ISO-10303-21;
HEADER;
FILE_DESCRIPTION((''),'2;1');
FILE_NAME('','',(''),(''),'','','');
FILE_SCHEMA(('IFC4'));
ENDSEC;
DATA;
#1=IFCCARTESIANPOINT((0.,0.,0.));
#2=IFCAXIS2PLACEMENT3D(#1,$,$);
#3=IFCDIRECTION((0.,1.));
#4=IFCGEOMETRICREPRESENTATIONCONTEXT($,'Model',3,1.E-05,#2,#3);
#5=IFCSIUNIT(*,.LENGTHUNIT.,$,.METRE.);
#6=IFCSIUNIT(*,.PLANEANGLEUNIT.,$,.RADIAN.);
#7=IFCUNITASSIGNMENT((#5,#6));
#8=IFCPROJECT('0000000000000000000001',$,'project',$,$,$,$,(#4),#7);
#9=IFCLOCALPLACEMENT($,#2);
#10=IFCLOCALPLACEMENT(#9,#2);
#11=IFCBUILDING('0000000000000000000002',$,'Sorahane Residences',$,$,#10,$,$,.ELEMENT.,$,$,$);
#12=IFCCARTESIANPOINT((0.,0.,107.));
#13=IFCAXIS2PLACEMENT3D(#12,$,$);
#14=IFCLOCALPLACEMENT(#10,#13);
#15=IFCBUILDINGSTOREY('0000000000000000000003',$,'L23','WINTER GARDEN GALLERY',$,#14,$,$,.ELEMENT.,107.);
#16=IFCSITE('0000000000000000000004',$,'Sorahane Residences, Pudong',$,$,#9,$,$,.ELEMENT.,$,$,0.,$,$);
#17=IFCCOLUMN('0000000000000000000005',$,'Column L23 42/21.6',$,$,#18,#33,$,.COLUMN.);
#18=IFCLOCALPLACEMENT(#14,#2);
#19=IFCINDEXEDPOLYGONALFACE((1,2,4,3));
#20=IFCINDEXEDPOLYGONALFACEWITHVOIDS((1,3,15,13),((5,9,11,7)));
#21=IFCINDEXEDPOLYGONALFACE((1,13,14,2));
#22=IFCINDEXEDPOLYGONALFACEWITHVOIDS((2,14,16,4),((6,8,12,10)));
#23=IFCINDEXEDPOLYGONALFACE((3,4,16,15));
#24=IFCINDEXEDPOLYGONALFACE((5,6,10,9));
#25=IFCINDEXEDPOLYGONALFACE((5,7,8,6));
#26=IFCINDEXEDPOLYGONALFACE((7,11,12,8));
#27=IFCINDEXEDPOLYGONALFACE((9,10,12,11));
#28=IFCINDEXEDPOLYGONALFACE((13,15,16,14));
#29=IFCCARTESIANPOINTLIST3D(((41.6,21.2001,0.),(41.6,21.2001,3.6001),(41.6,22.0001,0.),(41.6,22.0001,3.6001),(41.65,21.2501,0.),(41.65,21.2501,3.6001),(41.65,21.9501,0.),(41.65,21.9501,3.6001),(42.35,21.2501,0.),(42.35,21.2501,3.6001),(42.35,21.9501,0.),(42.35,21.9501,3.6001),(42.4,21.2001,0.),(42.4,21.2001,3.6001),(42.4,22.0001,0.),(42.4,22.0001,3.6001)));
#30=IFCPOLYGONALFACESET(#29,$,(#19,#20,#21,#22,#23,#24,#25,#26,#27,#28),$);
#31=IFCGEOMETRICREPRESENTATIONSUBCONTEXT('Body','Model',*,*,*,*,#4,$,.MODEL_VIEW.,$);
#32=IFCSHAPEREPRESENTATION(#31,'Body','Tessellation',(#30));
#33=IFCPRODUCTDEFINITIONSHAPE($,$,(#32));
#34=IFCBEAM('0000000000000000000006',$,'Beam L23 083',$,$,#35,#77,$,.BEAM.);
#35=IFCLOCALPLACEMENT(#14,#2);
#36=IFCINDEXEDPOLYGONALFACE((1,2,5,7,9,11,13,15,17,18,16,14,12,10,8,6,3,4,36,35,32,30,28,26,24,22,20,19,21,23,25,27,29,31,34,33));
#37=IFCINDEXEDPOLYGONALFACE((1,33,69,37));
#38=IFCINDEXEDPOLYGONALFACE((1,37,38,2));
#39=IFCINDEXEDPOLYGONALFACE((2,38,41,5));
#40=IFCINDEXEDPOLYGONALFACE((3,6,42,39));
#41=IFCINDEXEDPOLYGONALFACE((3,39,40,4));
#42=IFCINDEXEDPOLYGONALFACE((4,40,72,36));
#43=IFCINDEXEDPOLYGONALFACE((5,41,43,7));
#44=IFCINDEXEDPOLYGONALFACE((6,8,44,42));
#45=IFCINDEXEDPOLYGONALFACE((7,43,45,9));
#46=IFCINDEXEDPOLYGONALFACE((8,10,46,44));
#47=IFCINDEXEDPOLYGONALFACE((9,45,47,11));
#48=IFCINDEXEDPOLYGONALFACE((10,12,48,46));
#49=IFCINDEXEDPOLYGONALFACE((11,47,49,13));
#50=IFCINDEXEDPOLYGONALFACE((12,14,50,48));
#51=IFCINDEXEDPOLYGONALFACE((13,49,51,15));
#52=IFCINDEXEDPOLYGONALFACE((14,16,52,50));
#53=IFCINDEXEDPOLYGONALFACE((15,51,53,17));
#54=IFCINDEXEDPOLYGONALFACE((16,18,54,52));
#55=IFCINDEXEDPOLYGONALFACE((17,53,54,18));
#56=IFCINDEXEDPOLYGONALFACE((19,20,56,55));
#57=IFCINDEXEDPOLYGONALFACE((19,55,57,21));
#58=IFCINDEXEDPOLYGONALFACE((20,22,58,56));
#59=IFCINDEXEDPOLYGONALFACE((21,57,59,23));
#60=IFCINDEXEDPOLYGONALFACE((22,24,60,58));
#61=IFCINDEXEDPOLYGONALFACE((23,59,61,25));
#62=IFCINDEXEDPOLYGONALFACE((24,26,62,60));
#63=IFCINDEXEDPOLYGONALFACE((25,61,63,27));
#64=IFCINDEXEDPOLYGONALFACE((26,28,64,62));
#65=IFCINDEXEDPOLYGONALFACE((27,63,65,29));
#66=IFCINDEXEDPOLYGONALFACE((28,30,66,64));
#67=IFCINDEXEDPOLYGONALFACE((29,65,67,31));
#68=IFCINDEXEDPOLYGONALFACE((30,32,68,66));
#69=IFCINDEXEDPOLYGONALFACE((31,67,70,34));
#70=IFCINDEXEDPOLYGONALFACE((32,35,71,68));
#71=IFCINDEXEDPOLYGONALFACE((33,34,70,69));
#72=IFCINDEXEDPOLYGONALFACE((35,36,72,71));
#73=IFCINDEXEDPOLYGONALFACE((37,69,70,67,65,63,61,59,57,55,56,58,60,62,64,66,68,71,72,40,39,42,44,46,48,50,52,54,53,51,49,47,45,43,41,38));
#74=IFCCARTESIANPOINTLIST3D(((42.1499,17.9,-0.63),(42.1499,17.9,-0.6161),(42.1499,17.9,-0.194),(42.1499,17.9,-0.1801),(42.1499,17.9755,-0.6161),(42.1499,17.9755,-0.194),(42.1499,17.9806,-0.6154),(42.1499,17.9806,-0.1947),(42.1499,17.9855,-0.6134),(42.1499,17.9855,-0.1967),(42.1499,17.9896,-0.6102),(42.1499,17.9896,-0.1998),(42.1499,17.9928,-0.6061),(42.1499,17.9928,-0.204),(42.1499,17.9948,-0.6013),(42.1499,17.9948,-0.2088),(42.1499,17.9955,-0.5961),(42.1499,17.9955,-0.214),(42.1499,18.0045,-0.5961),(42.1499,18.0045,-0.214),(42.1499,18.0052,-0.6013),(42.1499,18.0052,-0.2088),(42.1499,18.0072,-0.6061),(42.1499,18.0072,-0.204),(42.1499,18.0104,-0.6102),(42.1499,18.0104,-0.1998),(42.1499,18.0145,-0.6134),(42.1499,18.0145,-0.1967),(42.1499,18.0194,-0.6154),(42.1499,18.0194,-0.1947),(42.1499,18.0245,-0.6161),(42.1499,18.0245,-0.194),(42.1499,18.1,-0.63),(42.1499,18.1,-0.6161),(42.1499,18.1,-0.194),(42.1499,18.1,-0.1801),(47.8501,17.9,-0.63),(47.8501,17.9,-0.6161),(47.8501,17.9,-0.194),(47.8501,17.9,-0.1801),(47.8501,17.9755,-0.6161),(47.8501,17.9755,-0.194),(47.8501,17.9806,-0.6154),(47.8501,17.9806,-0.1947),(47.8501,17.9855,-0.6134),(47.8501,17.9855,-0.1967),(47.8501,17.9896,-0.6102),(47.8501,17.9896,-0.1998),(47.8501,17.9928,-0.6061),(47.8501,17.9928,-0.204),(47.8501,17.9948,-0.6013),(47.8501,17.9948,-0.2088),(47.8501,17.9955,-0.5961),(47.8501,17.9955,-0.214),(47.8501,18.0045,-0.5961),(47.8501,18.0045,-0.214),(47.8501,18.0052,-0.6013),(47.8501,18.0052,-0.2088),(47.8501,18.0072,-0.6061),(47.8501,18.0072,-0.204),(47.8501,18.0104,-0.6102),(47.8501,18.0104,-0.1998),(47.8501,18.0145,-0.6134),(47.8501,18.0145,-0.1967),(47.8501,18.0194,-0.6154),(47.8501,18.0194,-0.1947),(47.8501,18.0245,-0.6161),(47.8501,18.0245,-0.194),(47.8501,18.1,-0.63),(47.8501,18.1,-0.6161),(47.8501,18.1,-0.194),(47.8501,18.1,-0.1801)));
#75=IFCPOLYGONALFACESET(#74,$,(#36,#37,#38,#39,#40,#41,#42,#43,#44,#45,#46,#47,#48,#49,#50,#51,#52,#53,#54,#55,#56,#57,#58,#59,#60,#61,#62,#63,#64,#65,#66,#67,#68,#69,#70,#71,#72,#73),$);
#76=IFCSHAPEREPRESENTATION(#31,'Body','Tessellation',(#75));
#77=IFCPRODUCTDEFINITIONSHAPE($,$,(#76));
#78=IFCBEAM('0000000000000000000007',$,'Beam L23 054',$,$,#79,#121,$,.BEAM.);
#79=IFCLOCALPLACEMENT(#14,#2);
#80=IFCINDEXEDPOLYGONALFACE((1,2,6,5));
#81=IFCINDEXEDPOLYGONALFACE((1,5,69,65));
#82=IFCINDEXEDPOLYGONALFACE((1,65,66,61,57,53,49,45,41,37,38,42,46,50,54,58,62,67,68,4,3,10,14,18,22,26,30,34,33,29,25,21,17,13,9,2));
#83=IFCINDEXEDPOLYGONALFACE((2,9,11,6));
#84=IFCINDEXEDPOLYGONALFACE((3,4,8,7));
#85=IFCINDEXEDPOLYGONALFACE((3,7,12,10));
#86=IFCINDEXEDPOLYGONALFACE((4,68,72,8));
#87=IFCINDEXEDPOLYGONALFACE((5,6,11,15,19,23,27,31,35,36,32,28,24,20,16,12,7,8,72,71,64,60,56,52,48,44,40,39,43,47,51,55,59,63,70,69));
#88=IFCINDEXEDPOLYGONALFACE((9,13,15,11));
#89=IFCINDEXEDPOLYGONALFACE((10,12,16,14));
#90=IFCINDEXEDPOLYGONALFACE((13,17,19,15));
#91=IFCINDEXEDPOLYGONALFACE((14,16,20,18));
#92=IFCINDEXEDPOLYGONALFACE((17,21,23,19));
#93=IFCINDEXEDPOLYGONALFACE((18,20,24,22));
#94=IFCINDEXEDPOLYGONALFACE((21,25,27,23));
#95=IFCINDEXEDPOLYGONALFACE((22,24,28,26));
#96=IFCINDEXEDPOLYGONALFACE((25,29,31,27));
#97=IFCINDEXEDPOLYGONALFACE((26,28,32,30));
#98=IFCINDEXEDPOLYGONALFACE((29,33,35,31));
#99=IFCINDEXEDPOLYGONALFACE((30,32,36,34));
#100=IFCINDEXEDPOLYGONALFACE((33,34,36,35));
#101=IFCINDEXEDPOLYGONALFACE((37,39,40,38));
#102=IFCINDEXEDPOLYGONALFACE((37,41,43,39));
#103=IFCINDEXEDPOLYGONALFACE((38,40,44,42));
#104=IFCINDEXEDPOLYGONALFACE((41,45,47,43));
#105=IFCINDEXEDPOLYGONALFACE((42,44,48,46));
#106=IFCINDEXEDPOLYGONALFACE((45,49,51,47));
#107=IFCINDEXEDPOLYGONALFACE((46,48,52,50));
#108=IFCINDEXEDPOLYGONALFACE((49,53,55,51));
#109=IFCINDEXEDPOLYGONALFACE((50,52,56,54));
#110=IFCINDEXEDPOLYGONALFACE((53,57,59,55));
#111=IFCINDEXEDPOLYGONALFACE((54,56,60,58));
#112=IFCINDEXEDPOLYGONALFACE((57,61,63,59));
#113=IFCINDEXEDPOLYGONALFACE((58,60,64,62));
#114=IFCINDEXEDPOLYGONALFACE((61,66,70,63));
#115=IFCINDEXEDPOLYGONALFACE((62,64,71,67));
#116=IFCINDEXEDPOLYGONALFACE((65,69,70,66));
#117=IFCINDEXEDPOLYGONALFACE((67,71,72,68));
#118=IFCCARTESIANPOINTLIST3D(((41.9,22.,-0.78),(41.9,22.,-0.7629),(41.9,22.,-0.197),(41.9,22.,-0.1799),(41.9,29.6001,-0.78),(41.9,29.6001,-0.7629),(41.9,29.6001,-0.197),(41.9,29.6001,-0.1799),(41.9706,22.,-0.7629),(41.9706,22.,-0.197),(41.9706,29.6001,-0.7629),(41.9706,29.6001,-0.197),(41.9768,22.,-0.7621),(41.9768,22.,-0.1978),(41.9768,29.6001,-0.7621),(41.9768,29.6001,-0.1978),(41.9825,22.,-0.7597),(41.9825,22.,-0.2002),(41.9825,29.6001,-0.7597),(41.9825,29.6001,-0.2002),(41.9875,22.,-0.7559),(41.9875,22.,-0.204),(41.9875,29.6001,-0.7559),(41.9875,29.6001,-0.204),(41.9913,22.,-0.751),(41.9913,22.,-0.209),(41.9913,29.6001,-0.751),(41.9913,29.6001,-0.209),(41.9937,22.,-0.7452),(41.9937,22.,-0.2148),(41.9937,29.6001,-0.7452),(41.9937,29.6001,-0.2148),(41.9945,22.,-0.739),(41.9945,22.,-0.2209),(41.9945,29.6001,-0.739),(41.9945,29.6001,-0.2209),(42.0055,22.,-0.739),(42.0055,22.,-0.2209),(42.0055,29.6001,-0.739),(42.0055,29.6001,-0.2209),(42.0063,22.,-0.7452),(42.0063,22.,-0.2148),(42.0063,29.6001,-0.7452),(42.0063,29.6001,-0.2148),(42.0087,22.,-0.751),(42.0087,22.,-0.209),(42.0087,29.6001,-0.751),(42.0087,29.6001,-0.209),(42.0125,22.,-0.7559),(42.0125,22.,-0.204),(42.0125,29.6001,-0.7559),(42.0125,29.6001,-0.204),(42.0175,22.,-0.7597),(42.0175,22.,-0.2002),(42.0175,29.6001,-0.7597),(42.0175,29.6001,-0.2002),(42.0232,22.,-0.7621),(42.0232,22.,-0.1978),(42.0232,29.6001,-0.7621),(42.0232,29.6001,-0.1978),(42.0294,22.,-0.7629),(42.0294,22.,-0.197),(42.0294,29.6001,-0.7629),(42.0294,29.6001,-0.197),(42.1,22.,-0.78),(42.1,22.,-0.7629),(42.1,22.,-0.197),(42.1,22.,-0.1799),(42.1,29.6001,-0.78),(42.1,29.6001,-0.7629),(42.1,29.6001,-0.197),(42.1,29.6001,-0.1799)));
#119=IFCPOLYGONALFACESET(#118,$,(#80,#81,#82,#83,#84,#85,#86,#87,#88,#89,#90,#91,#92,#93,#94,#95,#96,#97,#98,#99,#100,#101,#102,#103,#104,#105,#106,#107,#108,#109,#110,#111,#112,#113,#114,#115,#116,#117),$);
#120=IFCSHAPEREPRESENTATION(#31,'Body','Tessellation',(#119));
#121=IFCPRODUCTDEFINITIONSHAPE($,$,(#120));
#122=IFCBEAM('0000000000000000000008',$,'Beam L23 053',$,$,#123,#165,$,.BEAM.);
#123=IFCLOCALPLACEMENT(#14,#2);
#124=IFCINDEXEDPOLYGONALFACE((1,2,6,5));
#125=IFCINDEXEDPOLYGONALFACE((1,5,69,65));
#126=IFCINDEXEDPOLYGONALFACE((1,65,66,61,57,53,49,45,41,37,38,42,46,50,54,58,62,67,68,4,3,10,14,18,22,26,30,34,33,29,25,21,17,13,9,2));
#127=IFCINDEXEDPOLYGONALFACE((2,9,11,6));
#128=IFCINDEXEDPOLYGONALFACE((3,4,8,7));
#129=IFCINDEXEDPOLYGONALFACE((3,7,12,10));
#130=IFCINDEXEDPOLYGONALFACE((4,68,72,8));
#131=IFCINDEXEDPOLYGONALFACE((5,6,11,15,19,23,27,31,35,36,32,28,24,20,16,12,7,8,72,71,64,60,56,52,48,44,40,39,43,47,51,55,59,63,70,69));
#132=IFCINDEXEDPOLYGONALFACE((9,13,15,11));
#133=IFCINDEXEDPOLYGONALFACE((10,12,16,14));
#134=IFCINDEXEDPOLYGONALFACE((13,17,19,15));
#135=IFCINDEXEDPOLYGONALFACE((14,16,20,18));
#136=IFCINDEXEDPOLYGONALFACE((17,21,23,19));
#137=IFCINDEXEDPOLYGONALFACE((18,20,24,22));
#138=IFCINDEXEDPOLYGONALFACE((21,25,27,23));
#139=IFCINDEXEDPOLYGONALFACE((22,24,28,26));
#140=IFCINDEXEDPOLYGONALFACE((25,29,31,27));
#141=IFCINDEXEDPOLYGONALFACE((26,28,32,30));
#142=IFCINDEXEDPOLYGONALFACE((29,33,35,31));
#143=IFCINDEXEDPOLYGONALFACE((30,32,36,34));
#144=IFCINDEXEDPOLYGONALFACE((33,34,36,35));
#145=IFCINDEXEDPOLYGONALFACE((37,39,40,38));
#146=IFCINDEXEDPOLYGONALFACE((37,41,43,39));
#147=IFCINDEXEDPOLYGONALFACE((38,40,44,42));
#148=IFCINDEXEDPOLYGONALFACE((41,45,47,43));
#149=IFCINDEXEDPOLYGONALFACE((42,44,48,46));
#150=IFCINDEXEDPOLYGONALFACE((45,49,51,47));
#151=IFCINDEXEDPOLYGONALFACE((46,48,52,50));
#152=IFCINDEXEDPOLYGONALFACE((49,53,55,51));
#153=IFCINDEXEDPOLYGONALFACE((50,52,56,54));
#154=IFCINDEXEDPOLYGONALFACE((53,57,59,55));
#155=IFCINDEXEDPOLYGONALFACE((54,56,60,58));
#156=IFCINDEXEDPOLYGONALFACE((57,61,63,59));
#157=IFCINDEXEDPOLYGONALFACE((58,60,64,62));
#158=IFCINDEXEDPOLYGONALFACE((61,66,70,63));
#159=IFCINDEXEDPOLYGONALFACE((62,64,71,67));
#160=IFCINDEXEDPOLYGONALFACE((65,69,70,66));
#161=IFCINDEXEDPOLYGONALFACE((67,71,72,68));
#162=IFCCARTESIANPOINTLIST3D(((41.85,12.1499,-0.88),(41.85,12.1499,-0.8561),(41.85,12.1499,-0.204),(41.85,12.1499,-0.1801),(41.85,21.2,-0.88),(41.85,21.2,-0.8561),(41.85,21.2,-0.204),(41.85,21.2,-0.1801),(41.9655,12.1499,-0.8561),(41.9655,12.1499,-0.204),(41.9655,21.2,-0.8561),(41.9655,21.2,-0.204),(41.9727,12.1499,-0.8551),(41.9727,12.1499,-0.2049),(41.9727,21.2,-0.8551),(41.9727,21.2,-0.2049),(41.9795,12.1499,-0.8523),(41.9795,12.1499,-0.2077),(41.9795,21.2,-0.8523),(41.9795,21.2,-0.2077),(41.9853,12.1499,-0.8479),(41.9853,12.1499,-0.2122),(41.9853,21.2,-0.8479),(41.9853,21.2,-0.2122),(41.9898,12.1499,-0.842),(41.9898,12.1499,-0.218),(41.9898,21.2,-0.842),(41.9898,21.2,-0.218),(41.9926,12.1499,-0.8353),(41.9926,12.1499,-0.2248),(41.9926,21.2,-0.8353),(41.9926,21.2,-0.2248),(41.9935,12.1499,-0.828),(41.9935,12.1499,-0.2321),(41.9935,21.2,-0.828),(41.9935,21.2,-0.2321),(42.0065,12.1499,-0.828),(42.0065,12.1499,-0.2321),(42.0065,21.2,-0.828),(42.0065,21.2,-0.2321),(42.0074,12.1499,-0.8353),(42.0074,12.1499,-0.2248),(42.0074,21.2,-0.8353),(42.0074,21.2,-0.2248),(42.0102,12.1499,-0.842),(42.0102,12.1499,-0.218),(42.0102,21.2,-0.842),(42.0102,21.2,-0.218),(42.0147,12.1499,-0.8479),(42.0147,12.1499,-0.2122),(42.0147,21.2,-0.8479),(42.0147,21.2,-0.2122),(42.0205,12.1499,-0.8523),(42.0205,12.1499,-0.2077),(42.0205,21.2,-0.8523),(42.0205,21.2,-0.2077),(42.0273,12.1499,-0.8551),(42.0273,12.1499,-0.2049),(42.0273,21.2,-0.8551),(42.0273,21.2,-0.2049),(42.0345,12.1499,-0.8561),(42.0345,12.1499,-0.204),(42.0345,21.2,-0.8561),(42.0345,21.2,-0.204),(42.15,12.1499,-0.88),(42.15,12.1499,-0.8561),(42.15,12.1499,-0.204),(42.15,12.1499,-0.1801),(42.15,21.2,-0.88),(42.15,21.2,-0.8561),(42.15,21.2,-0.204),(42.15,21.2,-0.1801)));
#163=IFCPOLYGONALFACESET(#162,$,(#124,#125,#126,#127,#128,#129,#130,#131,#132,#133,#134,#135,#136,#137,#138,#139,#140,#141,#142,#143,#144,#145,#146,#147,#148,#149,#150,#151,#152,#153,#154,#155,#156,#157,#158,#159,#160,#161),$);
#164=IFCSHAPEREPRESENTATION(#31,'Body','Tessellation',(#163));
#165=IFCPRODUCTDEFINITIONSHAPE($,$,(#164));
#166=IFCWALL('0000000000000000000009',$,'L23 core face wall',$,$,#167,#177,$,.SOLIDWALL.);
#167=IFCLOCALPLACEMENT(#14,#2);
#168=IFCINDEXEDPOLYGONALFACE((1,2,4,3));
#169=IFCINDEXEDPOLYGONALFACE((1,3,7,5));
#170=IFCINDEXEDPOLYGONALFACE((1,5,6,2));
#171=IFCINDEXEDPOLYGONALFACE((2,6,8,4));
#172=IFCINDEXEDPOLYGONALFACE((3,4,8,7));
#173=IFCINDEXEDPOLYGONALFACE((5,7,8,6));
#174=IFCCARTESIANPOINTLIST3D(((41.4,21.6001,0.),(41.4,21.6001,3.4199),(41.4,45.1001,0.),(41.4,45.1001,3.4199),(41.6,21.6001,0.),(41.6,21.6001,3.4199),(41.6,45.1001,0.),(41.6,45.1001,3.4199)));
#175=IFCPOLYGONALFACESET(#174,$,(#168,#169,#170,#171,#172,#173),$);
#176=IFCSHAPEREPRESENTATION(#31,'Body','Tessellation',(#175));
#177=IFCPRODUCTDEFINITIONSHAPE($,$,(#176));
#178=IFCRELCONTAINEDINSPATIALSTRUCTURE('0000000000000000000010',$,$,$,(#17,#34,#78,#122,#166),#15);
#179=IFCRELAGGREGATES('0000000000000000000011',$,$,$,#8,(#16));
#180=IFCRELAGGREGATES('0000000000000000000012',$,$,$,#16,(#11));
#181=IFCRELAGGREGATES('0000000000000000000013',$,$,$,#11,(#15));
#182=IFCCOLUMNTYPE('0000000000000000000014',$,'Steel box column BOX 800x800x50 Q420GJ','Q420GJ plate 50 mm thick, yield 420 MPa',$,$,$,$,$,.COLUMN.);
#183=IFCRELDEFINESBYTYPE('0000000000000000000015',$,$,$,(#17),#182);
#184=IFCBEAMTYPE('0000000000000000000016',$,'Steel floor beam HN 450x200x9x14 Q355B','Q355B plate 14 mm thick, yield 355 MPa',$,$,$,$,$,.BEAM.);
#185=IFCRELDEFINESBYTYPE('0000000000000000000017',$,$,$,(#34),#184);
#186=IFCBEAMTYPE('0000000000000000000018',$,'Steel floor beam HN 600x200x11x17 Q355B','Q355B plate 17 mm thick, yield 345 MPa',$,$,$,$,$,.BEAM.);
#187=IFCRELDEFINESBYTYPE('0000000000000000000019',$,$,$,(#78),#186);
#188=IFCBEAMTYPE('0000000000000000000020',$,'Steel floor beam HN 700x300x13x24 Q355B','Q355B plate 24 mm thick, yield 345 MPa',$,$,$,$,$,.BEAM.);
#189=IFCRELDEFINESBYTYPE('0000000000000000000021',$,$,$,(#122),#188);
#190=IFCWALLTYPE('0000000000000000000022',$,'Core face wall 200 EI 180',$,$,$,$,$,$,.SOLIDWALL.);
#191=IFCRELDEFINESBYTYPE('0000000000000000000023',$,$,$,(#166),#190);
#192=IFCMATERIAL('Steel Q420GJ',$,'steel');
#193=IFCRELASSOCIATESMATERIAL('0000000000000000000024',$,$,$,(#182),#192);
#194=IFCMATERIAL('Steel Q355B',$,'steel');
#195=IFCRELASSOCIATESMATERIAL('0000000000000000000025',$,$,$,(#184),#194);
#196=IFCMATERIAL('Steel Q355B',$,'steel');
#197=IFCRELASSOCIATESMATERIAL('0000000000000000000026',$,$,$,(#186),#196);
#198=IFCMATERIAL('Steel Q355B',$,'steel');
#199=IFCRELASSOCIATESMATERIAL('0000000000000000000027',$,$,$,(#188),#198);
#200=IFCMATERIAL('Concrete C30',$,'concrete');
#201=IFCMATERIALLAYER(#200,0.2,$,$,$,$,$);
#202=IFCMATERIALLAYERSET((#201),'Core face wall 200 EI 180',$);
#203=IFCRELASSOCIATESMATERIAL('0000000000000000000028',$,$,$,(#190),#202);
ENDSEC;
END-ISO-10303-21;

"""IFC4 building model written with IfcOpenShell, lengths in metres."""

from ifc_helpers import new_model, si_unit, direction, frame, frame_2d, origin, origin_2d, place, context, subcontext, project, spatial, rectangle, hollow_rectangle, i_section, extrude, material, layer, layer_set, material_profile, profile_set, type_object, element, save


model = new_model("IFC4")

# Units and contexts
model_context = context("Model", 3, precision=1e-05, world=origin(), true_north=direction((0.0, 1.0)))
body_context = subcontext(model_context, "Body", "Model", "MODEL_VIEW")
ifc_project = project(units=[si_unit("LENGTHUNIT", "METRE"), si_unit("PLANEANGLEUNIT", "RADIAN")], contexts=[model_context])

# Site, building, storey
site_placement = place(None, origin())
site = spatial("IfcSite", under=ifc_project, at=site_placement, Name="Sorahane Residences, Pudong", CompositionType="ELEMENT", RefElevation=0.0)
building_placement = place(site_placement, origin())
building = spatial("IfcBuilding", under=site, at=building_placement, Name="Sorahane Residences", CompositionType="ELEMENT")
storey_placement = place(building_placement, frame((0.0, 0.0, 107.0)))
storey = spatial("IfcBuildingStorey", under=building, at=storey_placement, Name="L23", Description="WINTER GARDEN GALLERY", CompositionType="ELEMENT", Elevation=107.0)

# Column
ifc_material_1 = material(Name="Steel Q420GJ", Category="steel")
ifc_material_profile_1 = material_profile(ifc_material_1, hollow_rectangle(XDim=0.8, YDim=0.8, WallThickness=0.05, at=origin_2d()), Name="BOX 800x800x50")
ifc_profile_set_1 = profile_set([ifc_material_profile_1], Name="Steel Q420GJ")
column_type = type_object("IfcColumnType", Name="Steel box column BOX 800x800x50 Q420GJ", Description="Q420GJ plate 50 mm thick, yield 420 MPa", PredefinedType="COLUMN", material=ifc_profile_set_1)
column_placement = place(storey_placement, frame((42.0, 21.6001, 0.0), z_axis=(0.0, 0.0, 1.0), x_axis=(1.0, 0.0, 0.0)))
element("IfcColumn", 1, at=column_placement, inside=storey, type_object=column_type, Name="Column L23 42/21.6", PredefinedType="COLUMN", context=body_context, shape_type="SweptSolid", body=[
    extrude(hollow_rectangle(XDim=0.8, YDim=0.8, WallThickness=0.05, at=origin_2d()), origin(), (0.0, 0.0, 1.0), 3.6001),
])

# Beams
ifc_material_2 = material(Name="Steel Q355B", Category="steel")
ifc_material_profile_2 = material_profile(ifc_material_2, i_section(OverallWidth=0.2, OverallDepth=0.45, WebThickness=0.009, FlangeThickness=0.0139, FilletRadius=0.02, at=origin_2d()), Name="HN 450x200x9x14")
ifc_profile_set_2 = profile_set([ifc_material_profile_2], Name="Steel Q355B")
beam_type_1 = type_object("IfcBeamType", Name="Steel floor beam HN 450x200x9x14 Q355B", Description="Q355B plate 14 mm thick, yield 355 MPa", PredefinedType="BEAM", material=ifc_profile_set_2)
beam_1_placement = place(storey_placement, frame((42.1499, 18.0, -0.405), z_axis=(1.0, 0.0, 0.0), x_axis=(0.0, 1.0, 0.0)))
element("IfcBeam", 2, at=beam_1_placement, inside=storey, type_object=beam_type_1, Name="Beam L23 083", PredefinedType="BEAM", context=body_context, shape_type="SweptSolid", body=[
    extrude(i_section(OverallWidth=0.2, OverallDepth=0.45, WebThickness=0.009, FlangeThickness=0.0139, FilletRadius=0.02, at=origin_2d()), origin(), (0.0, 0.0, 1.0), 5.7002),
])
ifc_material_3 = material(Name="Steel Q355B", Category="steel")
ifc_material_profile_3 = material_profile(ifc_material_3, i_section(OverallWidth=0.2, OverallDepth=0.6001, WebThickness=0.011, FlangeThickness=0.0171, FilletRadius=0.0239, at=origin_2d()), Name="HN 600x200x11x17")
ifc_profile_set_3 = profile_set([ifc_material_profile_3], Name="Steel Q355B")
beam_type_2 = type_object("IfcBeamType", Name="Steel floor beam HN 600x200x11x17 Q355B", Description="Q355B plate 17 mm thick, yield 345 MPa", PredefinedType="BEAM", material=ifc_profile_set_3)
beam_2_placement = place(storey_placement, frame((42.0, 22.0, -0.48), z_axis=(0.0, 1.0, 0.0), x_axis=(-1.0, 0.0, 0.0)))
element("IfcBeam", 3, at=beam_2_placement, inside=storey, type_object=beam_type_2, Name="Beam L23 054", PredefinedType="BEAM", context=body_context, shape_type="SweptSolid", body=[
    extrude(i_section(OverallWidth=0.2, OverallDepth=0.6001, WebThickness=0.011, FlangeThickness=0.0171, FilletRadius=0.0239, at=origin_2d()), origin(), (0.0, 0.0, 1.0), 7.6001),
])
ifc_material_4 = material(Name="Steel Q355B", Category="steel")
ifc_material_profile_4 = material_profile(ifc_material_4, i_section(OverallWidth=0.3, OverallDepth=0.7, WebThickness=0.0129, FlangeThickness=0.0239, FilletRadius=0.0281, at=origin_2d()), Name="HN 700x300x13x24")
ifc_profile_set_4 = profile_set([ifc_material_profile_4], Name="Steel Q355B")
beam_type_3 = type_object("IfcBeamType", Name="Steel floor beam HN 700x300x13x24 Q355B", Description="Q355B plate 24 mm thick, yield 345 MPa", PredefinedType="BEAM", material=ifc_profile_set_4)
beam_3_placement = place(storey_placement, frame((42.0, 12.1499, -0.53), z_axis=(0.0, 1.0, 0.0), x_axis=(-1.0, 0.0, 0.0)))
element("IfcBeam", 4, at=beam_3_placement, inside=storey, type_object=beam_type_3, Name="Beam L23 053", PredefinedType="BEAM", context=body_context, shape_type="SweptSolid", body=[
    extrude(i_section(OverallWidth=0.3, OverallDepth=0.7, WebThickness=0.0129, FlangeThickness=0.0239, FilletRadius=0.0281, at=origin_2d()), origin(), (0.0, 0.0, 1.0), 9.05),
])

# Wall
ifc_material_5 = material(Name="Concrete C30", Category="concrete")
ifc_layer_1 = layer(ifc_material_5, 0.2)
ifc_layer_set_1 = layer_set([ifc_layer_1], Name="Core face wall 200 EI 180")
wall_type_1 = type_object("IfcWallType", Name="Core face wall 200 EI 180", PredefinedType="SOLIDWALL", material=ifc_layer_set_1)
wall_1_placement = place(storey_placement, frame((41.5, 21.6001, 0.0), z_axis=(0.0, 0.0, 1.0), x_axis=(0.0, 1.0, 0.0)))
element("IfcWall", 5, at=wall_1_placement, inside=storey, type_object=wall_type_1, Name="L23 core face wall", PredefinedType="SOLIDWALL", context=body_context, shape_type="SweptSolid", body=[
    extrude(rectangle(XDim=23.5, YDim=0.2, at=frame_2d((11.75, 0.0))), origin(), (0.0, 0.0, 1.0), 3.4199),
])

save(model, "model.ifc")
